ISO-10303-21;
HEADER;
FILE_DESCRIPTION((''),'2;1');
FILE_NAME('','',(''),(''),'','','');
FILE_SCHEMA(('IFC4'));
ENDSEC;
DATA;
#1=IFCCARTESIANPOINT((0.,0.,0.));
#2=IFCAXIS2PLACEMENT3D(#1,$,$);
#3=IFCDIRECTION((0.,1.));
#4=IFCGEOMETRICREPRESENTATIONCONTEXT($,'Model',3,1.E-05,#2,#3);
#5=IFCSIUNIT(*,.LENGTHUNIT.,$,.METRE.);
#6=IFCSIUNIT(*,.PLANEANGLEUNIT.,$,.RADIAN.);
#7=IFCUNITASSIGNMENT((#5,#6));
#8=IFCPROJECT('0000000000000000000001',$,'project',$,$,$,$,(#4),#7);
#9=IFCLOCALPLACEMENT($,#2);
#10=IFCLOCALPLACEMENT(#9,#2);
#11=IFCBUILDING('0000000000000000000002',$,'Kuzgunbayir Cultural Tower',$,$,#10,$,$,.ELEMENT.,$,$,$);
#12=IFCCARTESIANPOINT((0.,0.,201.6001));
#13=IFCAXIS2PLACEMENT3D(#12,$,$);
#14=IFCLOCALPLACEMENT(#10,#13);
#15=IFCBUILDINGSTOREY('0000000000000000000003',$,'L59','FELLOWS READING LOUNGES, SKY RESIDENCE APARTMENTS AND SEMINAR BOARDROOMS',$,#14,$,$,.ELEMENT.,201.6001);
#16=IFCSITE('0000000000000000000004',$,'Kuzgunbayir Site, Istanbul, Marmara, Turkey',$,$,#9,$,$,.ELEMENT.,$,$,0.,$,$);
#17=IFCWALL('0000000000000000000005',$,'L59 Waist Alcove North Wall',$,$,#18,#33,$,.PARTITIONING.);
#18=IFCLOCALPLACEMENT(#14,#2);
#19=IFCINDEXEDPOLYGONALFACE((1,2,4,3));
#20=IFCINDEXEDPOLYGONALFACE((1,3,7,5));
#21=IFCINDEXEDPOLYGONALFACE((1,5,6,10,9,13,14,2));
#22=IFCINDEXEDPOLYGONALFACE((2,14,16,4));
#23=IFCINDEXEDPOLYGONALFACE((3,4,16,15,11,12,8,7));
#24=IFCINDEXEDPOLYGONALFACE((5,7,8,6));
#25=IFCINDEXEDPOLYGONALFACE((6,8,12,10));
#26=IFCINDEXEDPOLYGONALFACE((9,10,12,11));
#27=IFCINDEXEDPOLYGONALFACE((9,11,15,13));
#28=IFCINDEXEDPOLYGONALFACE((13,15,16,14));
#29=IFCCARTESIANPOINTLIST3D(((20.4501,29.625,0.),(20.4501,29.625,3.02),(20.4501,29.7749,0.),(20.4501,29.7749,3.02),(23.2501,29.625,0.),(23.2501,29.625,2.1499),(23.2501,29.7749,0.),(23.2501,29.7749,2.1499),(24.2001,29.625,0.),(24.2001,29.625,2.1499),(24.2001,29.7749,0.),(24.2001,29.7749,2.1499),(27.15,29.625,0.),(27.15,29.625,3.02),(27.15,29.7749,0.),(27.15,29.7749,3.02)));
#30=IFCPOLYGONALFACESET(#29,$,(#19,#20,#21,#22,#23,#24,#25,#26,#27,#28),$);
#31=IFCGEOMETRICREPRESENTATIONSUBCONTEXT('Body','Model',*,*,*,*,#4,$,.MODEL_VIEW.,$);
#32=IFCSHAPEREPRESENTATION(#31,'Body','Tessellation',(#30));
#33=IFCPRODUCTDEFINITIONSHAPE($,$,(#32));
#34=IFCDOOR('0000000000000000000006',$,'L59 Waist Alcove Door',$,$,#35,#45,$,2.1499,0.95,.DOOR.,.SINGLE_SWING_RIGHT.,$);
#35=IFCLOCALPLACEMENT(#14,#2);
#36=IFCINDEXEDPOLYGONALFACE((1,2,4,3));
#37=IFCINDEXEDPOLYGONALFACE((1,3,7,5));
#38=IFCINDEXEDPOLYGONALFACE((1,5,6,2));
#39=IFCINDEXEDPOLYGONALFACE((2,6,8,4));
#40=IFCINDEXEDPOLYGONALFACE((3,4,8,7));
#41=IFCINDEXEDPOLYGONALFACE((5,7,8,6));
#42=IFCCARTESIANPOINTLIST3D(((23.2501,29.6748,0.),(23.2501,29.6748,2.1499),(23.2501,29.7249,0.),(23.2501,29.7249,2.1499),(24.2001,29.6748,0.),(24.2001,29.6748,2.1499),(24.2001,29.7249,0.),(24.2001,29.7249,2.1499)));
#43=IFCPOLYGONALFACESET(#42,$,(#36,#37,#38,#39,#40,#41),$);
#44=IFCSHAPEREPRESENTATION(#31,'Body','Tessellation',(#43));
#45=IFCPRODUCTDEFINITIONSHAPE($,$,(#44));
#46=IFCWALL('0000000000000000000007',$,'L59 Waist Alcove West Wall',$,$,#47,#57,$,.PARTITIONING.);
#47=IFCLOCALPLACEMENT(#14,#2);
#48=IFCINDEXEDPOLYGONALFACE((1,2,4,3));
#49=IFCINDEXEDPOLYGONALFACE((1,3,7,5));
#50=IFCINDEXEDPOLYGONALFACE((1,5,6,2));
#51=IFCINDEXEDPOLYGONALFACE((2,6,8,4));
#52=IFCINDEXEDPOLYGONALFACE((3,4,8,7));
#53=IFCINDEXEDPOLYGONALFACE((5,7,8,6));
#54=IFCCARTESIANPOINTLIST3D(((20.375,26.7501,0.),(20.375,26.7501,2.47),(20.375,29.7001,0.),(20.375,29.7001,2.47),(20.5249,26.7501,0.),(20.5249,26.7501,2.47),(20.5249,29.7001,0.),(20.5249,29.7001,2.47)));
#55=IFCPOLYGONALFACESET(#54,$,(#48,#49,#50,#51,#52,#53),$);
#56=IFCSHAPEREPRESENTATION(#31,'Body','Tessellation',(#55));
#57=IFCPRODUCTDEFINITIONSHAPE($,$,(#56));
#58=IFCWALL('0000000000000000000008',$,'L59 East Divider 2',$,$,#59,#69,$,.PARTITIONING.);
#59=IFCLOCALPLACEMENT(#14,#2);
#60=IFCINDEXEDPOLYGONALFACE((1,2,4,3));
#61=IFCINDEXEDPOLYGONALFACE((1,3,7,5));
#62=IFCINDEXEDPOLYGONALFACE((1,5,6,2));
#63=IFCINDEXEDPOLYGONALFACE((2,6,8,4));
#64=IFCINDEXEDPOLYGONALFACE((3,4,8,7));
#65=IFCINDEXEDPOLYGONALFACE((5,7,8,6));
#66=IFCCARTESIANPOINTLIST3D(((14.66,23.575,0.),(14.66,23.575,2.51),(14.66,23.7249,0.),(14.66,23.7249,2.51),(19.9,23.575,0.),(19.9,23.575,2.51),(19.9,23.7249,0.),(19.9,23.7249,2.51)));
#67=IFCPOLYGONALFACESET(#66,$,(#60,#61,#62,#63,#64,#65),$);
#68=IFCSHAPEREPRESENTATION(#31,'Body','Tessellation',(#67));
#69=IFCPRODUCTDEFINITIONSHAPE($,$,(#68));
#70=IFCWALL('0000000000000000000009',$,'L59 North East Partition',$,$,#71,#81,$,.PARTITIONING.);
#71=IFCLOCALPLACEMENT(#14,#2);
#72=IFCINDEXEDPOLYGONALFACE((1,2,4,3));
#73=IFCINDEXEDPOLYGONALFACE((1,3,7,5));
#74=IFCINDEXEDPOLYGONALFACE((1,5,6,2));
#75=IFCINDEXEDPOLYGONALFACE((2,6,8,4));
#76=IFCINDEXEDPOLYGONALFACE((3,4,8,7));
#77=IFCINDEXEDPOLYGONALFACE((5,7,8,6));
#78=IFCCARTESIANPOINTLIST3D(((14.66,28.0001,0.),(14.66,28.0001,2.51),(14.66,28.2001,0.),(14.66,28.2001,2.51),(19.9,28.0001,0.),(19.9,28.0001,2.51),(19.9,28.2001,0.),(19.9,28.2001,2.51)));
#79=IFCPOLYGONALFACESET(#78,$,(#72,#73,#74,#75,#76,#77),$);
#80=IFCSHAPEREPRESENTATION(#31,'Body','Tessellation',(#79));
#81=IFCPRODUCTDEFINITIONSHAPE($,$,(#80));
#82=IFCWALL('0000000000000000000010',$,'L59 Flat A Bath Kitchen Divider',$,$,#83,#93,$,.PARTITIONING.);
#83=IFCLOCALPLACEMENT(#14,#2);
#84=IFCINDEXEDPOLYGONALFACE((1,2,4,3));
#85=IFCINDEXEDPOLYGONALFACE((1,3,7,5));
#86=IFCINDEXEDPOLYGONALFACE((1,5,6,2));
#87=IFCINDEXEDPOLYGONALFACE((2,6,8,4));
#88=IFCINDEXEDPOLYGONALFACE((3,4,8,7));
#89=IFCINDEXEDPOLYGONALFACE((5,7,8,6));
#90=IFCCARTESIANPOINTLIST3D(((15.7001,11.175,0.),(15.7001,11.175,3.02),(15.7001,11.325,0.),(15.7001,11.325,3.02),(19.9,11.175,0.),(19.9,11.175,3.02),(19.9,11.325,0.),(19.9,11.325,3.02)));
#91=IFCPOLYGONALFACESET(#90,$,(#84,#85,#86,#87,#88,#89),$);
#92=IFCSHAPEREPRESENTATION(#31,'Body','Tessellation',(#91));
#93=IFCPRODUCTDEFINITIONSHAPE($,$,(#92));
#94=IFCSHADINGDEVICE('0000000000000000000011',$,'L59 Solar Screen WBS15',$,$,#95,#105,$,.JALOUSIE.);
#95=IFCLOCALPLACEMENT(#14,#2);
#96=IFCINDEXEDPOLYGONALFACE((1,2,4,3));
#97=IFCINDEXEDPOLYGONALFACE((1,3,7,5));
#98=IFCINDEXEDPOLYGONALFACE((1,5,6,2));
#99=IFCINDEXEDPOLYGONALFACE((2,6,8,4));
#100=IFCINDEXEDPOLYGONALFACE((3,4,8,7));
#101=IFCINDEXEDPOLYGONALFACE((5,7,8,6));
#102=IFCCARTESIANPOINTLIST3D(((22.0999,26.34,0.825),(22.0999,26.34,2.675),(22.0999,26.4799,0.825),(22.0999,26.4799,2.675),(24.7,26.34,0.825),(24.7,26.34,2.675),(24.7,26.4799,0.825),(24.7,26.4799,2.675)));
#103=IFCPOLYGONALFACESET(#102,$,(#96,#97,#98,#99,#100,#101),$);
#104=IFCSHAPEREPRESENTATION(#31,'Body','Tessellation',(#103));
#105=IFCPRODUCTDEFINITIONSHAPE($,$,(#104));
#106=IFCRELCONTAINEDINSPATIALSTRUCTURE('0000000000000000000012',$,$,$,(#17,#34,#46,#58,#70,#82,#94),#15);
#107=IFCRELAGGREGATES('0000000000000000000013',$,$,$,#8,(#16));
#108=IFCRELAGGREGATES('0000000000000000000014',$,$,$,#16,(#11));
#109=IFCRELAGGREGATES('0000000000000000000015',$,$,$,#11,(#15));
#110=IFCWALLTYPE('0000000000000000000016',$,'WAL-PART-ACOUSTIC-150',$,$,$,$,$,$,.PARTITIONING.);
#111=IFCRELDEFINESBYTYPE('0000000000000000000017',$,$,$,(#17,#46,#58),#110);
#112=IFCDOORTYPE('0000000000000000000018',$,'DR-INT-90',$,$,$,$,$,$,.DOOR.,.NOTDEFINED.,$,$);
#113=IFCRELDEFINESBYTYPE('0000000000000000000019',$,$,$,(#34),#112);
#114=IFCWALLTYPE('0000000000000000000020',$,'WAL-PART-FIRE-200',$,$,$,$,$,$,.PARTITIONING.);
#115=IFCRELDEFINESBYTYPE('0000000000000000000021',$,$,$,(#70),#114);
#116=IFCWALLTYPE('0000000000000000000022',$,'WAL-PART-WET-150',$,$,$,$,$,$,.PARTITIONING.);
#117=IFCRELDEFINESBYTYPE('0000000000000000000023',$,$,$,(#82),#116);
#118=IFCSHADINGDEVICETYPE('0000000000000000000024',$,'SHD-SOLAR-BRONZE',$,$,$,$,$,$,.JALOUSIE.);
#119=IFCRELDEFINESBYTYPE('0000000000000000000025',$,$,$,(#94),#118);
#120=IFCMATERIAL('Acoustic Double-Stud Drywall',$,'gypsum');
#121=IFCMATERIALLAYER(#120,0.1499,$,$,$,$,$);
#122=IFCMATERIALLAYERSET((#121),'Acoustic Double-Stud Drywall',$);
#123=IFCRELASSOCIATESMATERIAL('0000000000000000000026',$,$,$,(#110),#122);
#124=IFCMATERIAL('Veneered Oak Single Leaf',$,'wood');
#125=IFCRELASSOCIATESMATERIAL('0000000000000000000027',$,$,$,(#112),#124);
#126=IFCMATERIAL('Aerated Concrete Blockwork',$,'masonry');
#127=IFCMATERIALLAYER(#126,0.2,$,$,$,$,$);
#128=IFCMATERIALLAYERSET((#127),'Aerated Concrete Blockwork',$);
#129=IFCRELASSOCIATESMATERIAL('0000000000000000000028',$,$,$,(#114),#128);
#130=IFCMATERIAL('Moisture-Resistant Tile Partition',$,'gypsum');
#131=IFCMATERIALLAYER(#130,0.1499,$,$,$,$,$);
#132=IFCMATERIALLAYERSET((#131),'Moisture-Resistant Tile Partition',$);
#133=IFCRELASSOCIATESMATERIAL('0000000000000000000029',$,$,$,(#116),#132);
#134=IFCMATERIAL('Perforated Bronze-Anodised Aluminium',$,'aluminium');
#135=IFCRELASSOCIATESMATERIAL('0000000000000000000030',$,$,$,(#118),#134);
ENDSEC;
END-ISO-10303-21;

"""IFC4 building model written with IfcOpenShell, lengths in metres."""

from ifc_helpers import new_model, si_unit, direction, frame, frame_2d, origin, origin_2d, place, context, subcontext, project, spatial, rectangle, extrude, material, layer, layer_set, type_object, element, fill, save


model = new_model("IFC4")

# Units and contexts
model_context = context("Model", 3, precision=1e-05, world=origin(), true_north=direction((0.0, 1.0)))
body_context = subcontext(model_context, "Body", "Model", "MODEL_VIEW")
ifc_project = project(units=[si_unit("LENGTHUNIT", "METRE"), si_unit("PLANEANGLEUNIT", "RADIAN")], contexts=[model_context])

# Site, building, storey
site_placement = place(None, origin())
site = spatial("IfcSite", under=ifc_project, at=site_placement, Name="Kuzgunbayir Site, Istanbul, Marmara, Turkey", CompositionType="ELEMENT", RefElevation=0.0)
building_placement = place(site_placement, origin())
building = spatial("IfcBuilding", under=site, at=building_placement, Name="Kuzgunbayir Cultural Tower", CompositionType="ELEMENT")
storey_placement = place(building_placement, frame((0.0, 0.0, 201.6001)))
storey = spatial("IfcBuildingStorey", under=building, at=storey_placement, Name="L59", Description="FELLOWS READING LOUNGES, SKY RESIDENCE APARTMENTS AND SEMINAR BOARDROOMS", CompositionType="ELEMENT", Elevation=201.6001)

# Wall, opening, door
ifc_material_1 = material(Name="Acoustic Double-Stud Drywall", Category="gypsum")
ifc_layer_1 = layer(ifc_material_1, 0.1499)
ifc_layer_set_1 = layer_set([ifc_layer_1], Name="Acoustic Double-Stud Drywall")
wall_type_1 = type_object("IfcWallType", Name="WAL-PART-ACOUSTIC-150", PredefinedType="PARTITIONING", material=ifc_layer_set_1)
wall_1_placement = place(storey_placement, frame((20.45, 29.7, 0.0), z_axis=(0.0, 0.0, 1.0), x_axis=(1.0, 0.0, 0.0)))
wall_1 = element("IfcWall", 1, at=wall_1_placement, inside=storey, type_object=wall_type_1, Name="L59 Waist Alcove North Wall", PredefinedType="PARTITIONING", context=body_context, shape_type="SweptSolid", body=[
    extrude(rectangle(XDim=6.7, YDim=0.1499, at=frame_2d((3.3501, 0.0))), origin(), (0.0, 0.0, 1.0), 3.02),
])
opening_1_placement = place(wall_1_placement, frame((2.8, 0.0, 0.0)))
opening_1 = element("IfcOpeningElement", 2, at=opening_1_placement, cuts=wall_1, PredefinedType="OPENING", context=body_context, shape_type="SweptSolid", body=[
    extrude(rectangle(XDim=0.95, YDim=2.1499, at=frame_2d((0.4751, 1.075))), frame((0.0, 0.085, 0.0), z_axis=(0.0, -1.0, 0.0), x_axis=(1.0, 0.0, 0.0)), (0.0, 0.0, 1.0), 0.1699),
])
ifc_material_2 = material(Name="Veneered Oak Single Leaf", Category="wood")
door_type_1 = type_object("IfcDoorType", Name="DR-INT-90", OperationType="NOTDEFINED", PredefinedType="DOOR", material=ifc_material_2)
door_1_placement = place(opening_1_placement, origin())
door_1 = element("IfcDoor", 3, at=door_1_placement, inside=storey, type_object=door_type_1, Name="L59 Waist Alcove Door", OperationType="SINGLE_SWING_RIGHT", OverallHeight=2.1499, OverallWidth=0.95, PredefinedType="DOOR", context=body_context, shape_type="SweptSolid", body=[
    extrude(rectangle(XDim=0.95, YDim=2.1499, at=frame_2d((0.4751, 1.075))), frame((0.0, 0.0249, 0.0), z_axis=(0.0, -1.0, 0.0), x_axis=(1.0, 0.0, 0.0)), (0.0, 0.0, 1.0), 0.05),
])
fill(opening_1, door_1)

# Walls
wall_2_placement = place(storey_placement, frame((20.45, 26.75, 0.0), z_axis=(0.0, 0.0, 1.0), x_axis=(0.0, 1.0, 0.0)))
element("IfcWall", 4, at=wall_2_placement, inside=storey, type_object=wall_type_1, Name="L59 Waist Alcove West Wall", PredefinedType="PARTITIONING", context=body_context, shape_type="SweptSolid", body=[
    extrude(rectangle(XDim=2.95, YDim=0.1499, at=frame_2d((1.4751, 0.0))), origin(), (0.0, 0.0, 1.0), 2.47),
])
wall_3_placement = place(storey_placement, frame((14.6599, 23.6499, 0.0), z_axis=(0.0, 0.0, 1.0), x_axis=(1.0, 0.0, 0.0)))
element("IfcWall", 5, at=wall_3_placement, inside=storey, type_object=wall_type_1, Name="L59 East Divider 2", PredefinedType="PARTITIONING", context=body_context, shape_type="SweptSolid", body=[
    extrude(rectangle(XDim=5.24, YDim=0.1499, at=frame_2d((2.6201, 0.0))), origin(), (0.0, 0.0, 1.0), 2.51),
])
ifc_material_3 = material(Name="Aerated Concrete Blockwork", Category="masonry")
ifc_layer_2 = layer(ifc_material_3, 0.2)
ifc_layer_set_2 = layer_set([ifc_layer_2], Name="Aerated Concrete Blockwork")
wall_type_2 = type_object("IfcWallType", Name="WAL-PART-FIRE-200", PredefinedType="PARTITIONING", material=ifc_layer_set_2)
wall_4_placement = place(storey_placement, frame((14.6599, 28.1001, 0.0), z_axis=(0.0, 0.0, 1.0), x_axis=(1.0, 0.0, 0.0)))
element("IfcWall", 6, at=wall_4_placement, inside=storey, type_object=wall_type_2, Name="L59 North East Partition", PredefinedType="PARTITIONING", context=body_context, shape_type="SweptSolid", body=[
    extrude(rectangle(XDim=5.24, YDim=0.2, at=frame_2d((2.6201, 0.0))), origin(), (0.0, 0.0, 1.0), 2.51),
])

# Shared definitions
ifc_material_4 = material(Name="Moisture-Resistant Tile Partition", Category="gypsum")
ifc_layer_3 = layer(ifc_material_4, 0.1499)
ifc_layer_set_3 = layer_set([ifc_layer_3], Name="Moisture-Resistant Tile Partition")
wall_type_3 = type_object("IfcWallType", Name="WAL-PART-WET-150", PredefinedType="PARTITIONING", material=ifc_layer_set_3)

# Wall
wall_5_placement = place(storey_placement, frame((15.7, 11.25, 0.0), z_axis=(0.0, 0.0, 1.0), x_axis=(1.0, 0.0, 0.0)))
element("IfcWall", 7, at=wall_5_placement, inside=storey, type_object=wall_type_3, Name="L59 Flat A Bath Kitchen Divider", PredefinedType="PARTITIONING", context=body_context, shape_type="SweptSolid", body=[
    extrude(rectangle(XDim=4.2, YDim=0.1499, at=frame_2d((2.1001, 0.0))), origin(), (0.0, 0.0, 1.0), 3.02),
])

# Shading device
ifc_material_5 = material(Name="Perforated Bronze-Anodised Aluminium", Category="aluminium")
shading_device_type = type_object("IfcShadingDeviceType", Name="SHD-SOLAR-BRONZE", PredefinedType="JALOUSIE", material=ifc_material_5)
shading_device_placement = place(storey_placement, frame((23.3999, 26.4099, 0.825), z_axis=(0.0, 0.0, 1.0), x_axis=(1.0, 0.0, 0.0)))
element("IfcShadingDevice", 8, at=shading_device_placement, inside=storey, type_object=shading_device_type, Name="L59 Solar Screen WBS15", PredefinedType="JALOUSIE", context=body_context, shape_type="SweptSolid", body=[
    extrude(rectangle(XDim=2.6001, YDim=0.1399, at=origin_2d()), origin(), (0.0, 0.0, 1.0), 1.8501),
])

save(model, "model.ifc")
